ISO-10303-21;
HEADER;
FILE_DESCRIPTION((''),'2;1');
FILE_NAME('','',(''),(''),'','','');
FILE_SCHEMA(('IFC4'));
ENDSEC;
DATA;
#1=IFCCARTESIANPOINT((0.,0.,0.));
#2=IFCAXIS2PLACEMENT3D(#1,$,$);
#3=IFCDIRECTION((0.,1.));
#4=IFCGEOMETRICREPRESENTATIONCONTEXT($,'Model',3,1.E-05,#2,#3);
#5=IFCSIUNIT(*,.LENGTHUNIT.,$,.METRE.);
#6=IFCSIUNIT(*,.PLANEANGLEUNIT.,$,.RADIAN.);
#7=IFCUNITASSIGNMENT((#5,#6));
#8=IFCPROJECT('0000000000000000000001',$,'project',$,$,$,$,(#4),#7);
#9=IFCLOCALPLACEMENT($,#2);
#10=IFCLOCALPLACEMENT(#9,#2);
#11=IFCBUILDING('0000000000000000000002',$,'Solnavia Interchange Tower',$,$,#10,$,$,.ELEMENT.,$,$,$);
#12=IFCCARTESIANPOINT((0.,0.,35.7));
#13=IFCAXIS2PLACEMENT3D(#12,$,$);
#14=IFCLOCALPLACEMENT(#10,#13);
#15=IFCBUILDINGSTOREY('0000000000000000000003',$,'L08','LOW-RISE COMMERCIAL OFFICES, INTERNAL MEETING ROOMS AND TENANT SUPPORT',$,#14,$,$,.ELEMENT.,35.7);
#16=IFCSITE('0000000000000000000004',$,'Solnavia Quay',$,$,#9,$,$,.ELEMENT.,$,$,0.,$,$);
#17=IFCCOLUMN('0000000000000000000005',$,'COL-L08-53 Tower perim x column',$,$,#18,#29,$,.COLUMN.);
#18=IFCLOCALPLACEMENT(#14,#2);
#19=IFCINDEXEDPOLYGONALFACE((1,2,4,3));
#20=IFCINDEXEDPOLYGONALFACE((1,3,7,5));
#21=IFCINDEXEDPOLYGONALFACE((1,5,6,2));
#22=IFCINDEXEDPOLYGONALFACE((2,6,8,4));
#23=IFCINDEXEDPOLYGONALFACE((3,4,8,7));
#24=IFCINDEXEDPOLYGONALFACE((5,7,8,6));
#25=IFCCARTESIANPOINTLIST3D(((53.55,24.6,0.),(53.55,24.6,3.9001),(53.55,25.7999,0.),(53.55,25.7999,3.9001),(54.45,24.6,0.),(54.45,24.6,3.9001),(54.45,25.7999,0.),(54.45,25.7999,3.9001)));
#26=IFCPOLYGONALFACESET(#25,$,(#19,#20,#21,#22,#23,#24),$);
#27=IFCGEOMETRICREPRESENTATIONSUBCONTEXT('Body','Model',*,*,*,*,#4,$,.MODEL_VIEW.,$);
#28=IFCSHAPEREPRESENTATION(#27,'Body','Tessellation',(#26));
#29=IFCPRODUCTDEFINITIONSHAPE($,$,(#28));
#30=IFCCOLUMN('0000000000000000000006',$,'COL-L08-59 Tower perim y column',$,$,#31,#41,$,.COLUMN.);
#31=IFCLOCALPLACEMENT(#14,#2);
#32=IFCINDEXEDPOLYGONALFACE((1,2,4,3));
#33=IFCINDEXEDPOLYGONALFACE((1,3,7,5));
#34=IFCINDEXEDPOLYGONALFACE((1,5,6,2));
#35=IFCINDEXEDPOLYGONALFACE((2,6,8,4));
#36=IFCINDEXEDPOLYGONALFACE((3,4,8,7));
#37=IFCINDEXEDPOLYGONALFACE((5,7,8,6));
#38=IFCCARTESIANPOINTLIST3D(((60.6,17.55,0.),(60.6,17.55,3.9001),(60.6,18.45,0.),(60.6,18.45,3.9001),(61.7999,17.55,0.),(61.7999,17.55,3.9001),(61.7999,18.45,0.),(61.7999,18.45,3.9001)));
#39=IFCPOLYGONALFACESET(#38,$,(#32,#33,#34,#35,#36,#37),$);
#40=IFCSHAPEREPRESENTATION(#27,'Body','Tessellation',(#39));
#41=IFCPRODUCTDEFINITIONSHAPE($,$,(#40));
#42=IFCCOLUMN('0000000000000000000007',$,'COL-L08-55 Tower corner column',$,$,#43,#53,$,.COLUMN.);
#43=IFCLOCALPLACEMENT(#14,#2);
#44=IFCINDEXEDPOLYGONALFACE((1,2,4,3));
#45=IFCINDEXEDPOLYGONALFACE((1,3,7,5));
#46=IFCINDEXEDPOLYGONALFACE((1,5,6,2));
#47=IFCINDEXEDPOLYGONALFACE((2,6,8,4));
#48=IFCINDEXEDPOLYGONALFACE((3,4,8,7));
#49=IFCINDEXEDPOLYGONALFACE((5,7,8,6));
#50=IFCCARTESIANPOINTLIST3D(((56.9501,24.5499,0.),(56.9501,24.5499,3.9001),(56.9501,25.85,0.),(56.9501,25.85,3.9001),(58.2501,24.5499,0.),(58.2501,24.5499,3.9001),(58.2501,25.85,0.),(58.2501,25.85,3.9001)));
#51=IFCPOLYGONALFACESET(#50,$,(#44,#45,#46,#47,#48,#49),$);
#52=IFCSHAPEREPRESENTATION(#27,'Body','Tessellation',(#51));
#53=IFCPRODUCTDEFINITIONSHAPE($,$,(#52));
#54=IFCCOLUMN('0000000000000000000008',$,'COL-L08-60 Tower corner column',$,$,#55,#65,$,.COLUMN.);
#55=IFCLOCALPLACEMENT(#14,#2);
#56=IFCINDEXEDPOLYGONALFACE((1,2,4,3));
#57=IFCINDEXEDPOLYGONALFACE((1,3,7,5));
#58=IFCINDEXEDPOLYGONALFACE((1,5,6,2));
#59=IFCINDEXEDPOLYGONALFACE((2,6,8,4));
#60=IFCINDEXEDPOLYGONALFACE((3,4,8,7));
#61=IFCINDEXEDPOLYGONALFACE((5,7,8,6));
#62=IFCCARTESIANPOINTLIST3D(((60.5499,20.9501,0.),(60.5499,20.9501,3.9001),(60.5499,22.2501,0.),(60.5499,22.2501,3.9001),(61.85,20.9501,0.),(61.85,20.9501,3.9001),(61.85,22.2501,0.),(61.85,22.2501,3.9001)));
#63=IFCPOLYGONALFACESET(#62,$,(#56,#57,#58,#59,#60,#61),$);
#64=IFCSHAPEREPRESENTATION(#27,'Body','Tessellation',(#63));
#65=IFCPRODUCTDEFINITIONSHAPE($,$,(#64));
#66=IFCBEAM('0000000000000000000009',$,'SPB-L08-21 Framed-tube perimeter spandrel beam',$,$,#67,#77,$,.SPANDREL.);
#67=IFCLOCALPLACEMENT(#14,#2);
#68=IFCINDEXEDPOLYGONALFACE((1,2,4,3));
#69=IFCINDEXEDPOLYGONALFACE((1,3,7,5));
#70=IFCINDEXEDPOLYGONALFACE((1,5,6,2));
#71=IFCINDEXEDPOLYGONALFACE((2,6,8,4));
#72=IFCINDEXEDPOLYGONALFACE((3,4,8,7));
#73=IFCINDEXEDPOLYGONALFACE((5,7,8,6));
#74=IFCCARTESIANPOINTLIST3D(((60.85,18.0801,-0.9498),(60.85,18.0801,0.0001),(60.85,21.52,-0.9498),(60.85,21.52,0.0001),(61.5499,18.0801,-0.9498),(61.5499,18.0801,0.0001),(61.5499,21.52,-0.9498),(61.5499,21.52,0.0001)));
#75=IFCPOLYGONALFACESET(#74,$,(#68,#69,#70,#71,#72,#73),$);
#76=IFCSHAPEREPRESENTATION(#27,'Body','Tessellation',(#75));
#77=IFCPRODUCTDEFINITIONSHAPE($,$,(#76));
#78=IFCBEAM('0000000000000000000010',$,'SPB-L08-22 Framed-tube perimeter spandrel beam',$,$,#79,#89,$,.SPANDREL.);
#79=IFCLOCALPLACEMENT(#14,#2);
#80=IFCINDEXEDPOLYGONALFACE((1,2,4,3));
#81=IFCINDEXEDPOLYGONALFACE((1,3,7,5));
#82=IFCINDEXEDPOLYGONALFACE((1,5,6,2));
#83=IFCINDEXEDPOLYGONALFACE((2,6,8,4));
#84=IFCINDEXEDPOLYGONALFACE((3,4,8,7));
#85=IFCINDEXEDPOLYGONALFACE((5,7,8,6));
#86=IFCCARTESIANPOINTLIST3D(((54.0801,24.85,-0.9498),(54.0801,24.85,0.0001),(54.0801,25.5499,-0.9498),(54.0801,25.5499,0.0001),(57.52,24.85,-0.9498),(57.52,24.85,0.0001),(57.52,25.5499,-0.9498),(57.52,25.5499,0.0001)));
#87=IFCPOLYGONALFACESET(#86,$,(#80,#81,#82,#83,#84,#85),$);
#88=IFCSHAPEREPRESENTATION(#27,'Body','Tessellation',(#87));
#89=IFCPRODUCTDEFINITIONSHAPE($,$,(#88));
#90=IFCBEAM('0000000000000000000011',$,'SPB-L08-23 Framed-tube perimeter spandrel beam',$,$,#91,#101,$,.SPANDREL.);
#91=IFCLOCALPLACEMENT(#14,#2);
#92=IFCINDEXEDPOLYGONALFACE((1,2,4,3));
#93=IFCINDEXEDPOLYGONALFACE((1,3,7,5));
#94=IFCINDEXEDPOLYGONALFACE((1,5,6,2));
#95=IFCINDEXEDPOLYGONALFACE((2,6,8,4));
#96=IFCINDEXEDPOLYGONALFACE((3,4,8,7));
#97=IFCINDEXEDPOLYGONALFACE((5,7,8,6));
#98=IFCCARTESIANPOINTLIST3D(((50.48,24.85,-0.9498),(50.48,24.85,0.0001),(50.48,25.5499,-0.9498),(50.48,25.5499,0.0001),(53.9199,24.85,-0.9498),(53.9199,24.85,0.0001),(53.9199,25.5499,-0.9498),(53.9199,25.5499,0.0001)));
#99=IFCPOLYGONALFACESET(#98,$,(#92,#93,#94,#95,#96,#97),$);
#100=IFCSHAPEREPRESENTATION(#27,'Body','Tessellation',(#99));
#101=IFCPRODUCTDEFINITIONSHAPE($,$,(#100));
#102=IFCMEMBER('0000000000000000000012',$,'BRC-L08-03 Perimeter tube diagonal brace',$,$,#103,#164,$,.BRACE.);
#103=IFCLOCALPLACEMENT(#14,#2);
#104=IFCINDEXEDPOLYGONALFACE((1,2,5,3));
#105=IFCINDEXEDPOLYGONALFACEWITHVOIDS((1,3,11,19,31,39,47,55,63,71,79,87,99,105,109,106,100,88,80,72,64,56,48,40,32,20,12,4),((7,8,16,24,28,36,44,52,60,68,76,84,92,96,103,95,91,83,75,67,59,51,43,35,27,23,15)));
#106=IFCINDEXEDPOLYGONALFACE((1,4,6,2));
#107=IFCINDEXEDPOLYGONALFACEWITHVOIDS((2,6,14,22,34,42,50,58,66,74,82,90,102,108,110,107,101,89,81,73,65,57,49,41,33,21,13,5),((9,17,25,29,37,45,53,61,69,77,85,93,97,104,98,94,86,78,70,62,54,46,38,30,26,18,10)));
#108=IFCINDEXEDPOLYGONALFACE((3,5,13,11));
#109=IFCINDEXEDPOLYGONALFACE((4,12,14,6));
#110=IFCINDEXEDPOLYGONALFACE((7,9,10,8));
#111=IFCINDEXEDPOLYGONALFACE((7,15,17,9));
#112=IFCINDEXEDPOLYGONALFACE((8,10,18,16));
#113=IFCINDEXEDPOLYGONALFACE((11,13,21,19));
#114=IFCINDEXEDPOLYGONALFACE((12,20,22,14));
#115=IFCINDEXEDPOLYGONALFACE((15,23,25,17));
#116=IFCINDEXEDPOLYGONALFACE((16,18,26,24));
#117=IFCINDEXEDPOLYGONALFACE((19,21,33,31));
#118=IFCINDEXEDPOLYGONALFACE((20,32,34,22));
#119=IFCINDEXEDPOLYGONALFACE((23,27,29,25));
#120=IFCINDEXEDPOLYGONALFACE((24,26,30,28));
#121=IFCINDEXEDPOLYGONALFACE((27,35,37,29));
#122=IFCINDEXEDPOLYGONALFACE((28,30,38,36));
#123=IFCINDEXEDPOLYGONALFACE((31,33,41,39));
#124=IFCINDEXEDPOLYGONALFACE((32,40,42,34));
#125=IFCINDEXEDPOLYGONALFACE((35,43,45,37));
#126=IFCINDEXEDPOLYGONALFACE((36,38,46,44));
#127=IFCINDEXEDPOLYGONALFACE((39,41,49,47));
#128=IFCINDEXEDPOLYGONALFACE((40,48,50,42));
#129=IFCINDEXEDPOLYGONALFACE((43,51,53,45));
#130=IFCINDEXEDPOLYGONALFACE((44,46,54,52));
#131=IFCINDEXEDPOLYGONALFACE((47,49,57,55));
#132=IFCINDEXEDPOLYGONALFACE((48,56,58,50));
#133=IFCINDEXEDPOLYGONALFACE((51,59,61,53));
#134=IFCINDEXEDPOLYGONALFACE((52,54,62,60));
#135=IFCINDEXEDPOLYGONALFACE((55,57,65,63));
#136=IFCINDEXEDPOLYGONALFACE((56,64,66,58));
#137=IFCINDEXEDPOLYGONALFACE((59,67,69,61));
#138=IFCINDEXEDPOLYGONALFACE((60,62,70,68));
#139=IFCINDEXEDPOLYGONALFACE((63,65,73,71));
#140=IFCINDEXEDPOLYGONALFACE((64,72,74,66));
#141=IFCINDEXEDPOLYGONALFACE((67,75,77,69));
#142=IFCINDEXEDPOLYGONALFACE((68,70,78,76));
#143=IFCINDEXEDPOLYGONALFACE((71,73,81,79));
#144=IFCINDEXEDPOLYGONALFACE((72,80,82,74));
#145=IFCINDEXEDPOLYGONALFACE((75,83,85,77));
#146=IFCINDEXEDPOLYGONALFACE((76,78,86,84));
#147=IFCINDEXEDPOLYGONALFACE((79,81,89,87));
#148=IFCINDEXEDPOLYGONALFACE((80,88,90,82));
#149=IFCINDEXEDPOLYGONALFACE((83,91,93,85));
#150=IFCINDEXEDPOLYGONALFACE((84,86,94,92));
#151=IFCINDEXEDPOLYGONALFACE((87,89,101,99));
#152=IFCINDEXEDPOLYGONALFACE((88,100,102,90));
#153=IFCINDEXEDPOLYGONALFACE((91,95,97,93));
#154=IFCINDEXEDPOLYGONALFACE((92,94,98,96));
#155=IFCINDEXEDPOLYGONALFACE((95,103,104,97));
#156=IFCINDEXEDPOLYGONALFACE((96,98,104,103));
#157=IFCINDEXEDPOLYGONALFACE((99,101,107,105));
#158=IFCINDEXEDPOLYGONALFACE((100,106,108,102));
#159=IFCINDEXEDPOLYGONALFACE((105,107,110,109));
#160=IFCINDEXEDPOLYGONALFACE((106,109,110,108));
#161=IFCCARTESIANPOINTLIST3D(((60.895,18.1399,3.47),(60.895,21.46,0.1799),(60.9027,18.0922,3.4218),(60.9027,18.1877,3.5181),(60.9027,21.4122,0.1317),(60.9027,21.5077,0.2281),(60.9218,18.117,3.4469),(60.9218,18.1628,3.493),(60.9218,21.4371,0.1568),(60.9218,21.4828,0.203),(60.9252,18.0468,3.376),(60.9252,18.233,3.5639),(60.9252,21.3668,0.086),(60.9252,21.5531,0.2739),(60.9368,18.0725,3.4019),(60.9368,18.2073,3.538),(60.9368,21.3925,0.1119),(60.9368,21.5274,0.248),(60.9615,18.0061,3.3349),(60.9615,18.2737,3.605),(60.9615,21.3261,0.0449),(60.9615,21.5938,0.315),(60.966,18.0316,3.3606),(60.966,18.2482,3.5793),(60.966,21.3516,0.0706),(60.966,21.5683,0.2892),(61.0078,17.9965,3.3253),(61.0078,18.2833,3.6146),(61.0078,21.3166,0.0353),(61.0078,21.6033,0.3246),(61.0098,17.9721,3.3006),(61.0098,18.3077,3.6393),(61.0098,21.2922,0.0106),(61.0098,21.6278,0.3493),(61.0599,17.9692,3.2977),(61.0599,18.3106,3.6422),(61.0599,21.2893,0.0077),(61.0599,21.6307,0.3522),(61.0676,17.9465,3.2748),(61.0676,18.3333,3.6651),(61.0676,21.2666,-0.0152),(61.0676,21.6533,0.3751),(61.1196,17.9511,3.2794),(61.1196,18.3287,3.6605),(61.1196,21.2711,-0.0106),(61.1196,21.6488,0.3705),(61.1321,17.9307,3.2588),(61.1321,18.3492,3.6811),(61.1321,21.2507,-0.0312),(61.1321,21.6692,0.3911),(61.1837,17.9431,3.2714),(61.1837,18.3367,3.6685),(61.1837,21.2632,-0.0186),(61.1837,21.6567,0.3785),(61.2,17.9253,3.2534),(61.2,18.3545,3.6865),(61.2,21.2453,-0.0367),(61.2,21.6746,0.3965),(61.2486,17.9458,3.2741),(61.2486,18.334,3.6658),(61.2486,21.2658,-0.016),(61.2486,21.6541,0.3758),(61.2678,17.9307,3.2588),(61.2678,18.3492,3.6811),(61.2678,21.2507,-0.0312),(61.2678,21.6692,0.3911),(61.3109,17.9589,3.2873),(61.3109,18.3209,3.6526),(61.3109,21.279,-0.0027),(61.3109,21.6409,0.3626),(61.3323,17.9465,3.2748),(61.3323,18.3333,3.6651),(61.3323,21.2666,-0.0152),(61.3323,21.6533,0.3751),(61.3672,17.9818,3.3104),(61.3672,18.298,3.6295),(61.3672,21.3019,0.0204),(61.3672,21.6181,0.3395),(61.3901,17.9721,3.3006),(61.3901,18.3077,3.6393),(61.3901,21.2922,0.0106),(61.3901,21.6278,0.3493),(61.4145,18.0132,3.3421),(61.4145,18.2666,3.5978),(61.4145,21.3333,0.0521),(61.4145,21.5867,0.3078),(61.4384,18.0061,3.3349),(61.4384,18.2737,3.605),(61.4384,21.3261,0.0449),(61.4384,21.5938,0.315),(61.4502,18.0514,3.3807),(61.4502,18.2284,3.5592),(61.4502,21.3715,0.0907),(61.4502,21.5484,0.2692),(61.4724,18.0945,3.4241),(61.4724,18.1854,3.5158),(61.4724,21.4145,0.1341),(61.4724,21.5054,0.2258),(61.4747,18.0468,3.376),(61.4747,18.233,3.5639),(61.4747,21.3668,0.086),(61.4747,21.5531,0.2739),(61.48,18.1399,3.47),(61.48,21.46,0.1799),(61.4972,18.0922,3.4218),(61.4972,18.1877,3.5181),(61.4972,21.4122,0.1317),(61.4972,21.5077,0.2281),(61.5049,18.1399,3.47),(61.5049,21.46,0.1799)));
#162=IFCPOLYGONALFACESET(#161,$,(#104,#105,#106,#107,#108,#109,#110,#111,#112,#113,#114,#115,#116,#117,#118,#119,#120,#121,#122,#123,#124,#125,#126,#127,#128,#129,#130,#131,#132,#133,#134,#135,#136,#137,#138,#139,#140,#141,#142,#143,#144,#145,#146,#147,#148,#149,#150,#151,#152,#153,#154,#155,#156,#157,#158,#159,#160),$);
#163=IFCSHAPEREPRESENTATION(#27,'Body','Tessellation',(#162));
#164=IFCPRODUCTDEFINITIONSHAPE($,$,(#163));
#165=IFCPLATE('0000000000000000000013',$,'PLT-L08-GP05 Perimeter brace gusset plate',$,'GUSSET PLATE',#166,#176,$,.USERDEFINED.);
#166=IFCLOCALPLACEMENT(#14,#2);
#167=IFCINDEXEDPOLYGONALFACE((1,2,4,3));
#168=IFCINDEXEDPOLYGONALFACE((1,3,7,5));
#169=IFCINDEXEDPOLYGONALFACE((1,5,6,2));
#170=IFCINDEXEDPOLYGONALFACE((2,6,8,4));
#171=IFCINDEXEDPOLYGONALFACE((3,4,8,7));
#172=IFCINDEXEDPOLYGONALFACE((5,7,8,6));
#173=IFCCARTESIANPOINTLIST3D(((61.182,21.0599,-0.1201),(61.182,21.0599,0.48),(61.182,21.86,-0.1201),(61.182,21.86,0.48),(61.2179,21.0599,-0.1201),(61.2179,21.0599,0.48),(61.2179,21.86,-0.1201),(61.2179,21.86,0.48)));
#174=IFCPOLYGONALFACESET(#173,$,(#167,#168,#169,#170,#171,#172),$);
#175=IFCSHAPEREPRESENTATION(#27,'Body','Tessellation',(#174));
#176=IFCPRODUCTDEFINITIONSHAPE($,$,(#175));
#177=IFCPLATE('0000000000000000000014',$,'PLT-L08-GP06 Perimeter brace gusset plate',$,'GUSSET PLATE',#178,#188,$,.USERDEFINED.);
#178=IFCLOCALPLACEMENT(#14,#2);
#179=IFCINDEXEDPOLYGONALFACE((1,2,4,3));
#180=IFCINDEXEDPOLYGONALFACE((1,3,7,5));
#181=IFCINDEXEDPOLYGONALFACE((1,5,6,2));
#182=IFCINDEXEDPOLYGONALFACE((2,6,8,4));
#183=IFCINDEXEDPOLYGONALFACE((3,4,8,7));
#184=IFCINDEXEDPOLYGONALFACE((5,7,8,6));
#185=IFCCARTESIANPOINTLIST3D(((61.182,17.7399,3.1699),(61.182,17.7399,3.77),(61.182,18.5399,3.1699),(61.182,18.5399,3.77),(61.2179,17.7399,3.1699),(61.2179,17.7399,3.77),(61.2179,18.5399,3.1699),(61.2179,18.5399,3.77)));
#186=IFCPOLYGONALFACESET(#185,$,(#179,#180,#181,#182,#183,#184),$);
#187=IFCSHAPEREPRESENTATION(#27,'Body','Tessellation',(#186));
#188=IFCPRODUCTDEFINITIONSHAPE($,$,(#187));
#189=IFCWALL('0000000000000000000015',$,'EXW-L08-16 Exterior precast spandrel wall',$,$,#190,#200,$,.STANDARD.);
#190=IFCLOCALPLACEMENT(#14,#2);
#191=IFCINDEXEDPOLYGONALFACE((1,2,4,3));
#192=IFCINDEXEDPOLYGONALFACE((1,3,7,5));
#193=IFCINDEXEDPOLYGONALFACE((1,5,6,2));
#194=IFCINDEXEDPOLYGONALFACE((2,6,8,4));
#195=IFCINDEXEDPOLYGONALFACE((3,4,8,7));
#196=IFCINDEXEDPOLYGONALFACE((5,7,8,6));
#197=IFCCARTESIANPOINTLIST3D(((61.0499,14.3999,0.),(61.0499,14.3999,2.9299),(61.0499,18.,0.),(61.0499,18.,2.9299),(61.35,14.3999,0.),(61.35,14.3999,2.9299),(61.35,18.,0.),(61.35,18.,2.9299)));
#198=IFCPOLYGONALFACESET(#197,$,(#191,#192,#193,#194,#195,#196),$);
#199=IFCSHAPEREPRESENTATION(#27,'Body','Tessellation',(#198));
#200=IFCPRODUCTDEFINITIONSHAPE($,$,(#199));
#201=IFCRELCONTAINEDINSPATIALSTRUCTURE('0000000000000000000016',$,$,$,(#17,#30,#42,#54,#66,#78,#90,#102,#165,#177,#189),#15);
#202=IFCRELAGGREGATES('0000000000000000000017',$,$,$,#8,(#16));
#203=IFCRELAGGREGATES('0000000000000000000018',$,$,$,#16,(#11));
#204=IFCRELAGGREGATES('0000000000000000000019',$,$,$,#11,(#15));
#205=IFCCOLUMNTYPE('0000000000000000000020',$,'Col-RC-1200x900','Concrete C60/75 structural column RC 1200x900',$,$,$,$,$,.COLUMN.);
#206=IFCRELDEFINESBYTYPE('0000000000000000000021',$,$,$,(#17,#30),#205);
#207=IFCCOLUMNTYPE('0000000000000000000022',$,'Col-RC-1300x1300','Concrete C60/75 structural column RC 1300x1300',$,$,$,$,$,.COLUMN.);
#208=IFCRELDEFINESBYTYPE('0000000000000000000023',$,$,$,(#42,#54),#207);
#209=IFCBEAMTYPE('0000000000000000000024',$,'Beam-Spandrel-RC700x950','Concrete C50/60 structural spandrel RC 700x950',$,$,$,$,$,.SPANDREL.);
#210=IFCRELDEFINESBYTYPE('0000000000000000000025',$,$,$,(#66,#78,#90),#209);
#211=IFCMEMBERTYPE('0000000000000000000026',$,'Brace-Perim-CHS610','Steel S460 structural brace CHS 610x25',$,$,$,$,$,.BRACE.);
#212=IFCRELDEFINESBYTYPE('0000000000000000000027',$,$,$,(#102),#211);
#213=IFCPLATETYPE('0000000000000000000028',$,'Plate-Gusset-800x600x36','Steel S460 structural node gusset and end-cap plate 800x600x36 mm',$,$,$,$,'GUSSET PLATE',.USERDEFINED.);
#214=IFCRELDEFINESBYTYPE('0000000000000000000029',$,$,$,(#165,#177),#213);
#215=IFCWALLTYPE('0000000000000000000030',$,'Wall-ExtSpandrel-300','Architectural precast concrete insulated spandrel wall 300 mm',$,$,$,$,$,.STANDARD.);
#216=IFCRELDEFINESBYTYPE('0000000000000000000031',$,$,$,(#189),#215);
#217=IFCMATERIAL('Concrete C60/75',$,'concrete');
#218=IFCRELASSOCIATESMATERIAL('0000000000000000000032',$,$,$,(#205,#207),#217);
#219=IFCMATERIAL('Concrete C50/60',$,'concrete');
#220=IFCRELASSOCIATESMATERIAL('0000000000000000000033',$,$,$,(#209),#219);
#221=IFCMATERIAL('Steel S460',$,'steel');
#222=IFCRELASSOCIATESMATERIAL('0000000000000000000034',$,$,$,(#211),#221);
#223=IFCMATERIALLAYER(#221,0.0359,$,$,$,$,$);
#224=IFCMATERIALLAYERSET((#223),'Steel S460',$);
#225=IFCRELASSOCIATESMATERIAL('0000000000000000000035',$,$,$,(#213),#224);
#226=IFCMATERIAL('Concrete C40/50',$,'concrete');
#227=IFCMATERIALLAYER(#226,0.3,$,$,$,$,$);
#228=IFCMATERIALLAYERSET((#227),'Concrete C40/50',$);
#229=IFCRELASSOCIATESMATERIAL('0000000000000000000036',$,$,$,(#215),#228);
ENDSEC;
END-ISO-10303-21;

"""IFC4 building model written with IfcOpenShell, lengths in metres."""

from ifc_helpers import new_model, si_unit, direction, frame, frame_2d, origin, origin_2d, place, context, subcontext, project, spatial, rectangle, hollow_circle, extrude, material, layer, layer_set, material_profile, profile_set, type_object, element, save


model = new_model("IFC4")

# Units and contexts
model_context = context("Model", 3, precision=1e-05, world=origin(), true_north=direction((0.0, 1.0)))
body_context = subcontext(model_context, "Body", "Model", "MODEL_VIEW")
ifc_project = project(units=[si_unit("LENGTHUNIT", "METRE"), si_unit("PLANEANGLEUNIT", "RADIAN")], contexts=[model_context])

# Site, building, storey
site_placement = place(None, origin())
site = spatial("IfcSite", under=ifc_project, at=site_placement, Name="Solnavia Quay", CompositionType="ELEMENT", RefElevation=0.0)
building_placement = place(site_placement, origin())
building = spatial("IfcBuilding", under=site, at=building_placement, Name="Solnavia Interchange Tower", CompositionType="ELEMENT")
storey_placement = place(building_placement, frame((0.0, 0.0, 35.7)))
storey = spatial("IfcBuildingStorey", under=building, at=storey_placement, Name="L08", Description="LOW-RISE COMMERCIAL OFFICES, INTERNAL MEETING ROOMS AND TENANT SUPPORT", CompositionType="ELEMENT", Elevation=35.7)

# Columns
ifc_material_1 = material(Name="Concrete C60/75", Category="concrete")
ifc_material_profile_1 = material_profile(ifc_material_1, rectangle(XDim=0.8999, YDim=1.2, at=origin_2d()), Name="RC 1200x900")
ifc_profile_set_1 = profile_set([ifc_material_profile_1], Name="Concrete C60/75")
column_type_1 = type_object("IfcColumnType", Name="Col-RC-1200x900", Description="Concrete C60/75 structural column RC 1200x900", PredefinedType="COLUMN", material=ifc_profile_set_1)
for number, where, z_axis, x_axis, name in (
    (1, (54.0, 25.2, 0.0), (0.0, 0.0, 1.0), (1.0, 0.0, 0.0), "COL-L08-53 Tower perim x column"),
    (2, (61.2, 18.0, 0.0), (0.0, 0.0, 1.0), (0.0, 1.0, 0.0), "COL-L08-59 Tower perim y column"),
):
    element("IfcColumn", number, at=place(storey_placement, frame(where, z_axis=z_axis, x_axis=x_axis)), inside=storey, type_object=column_type_1, Name=name, PredefinedType="COLUMN", context=body_context, shape_type="SweptSolid", body=[
        extrude(rectangle(XDim=0.8999, YDim=1.2, at=origin_2d()), origin(), (0.0, 0.0, 1.0), 3.9001),
    ])
ifc_material_profile_2 = material_profile(ifc_material_1, rectangle(XDim=1.3, YDim=1.3, at=origin_2d()), Name="RC 1300x1300")
ifc_profile_set_2 = profile_set([ifc_material_profile_2], Name="Concrete C60/75")
column_type_2 = type_object("IfcColumnType", Name="Col-RC-1300x1300", Description="Concrete C60/75 structural column RC 1300x1300", PredefinedType="COLUMN", material=ifc_profile_set_2)
for number, where, z_axis, x_axis, name in (
    (3, (57.6001, 25.2, 0.0), (0.0, 0.0, 1.0), (1.0, 0.0, 0.0), "COL-L08-55 Tower corner column"),
    (4, (61.2, 21.6001, 0.0), (0.0, 0.0, 1.0), (0.0, 1.0, 0.0), "COL-L08-60 Tower corner column"),
):
    element("IfcColumn", number, at=place(storey_placement, frame(where, z_axis=z_axis, x_axis=x_axis)), inside=storey, type_object=column_type_2, Name=name, PredefinedType="COLUMN", context=body_context, shape_type="SweptSolid", body=[
        extrude(rectangle(XDim=1.3, YDim=1.3, at=origin_2d()), origin(), (0.0, 0.0, 1.0), 3.9001),
    ])

# Beams
ifc_material_2 = material(Name="Concrete C50/60", Category="concrete")
ifc_material_profile_3 = material_profile(ifc_material_2, rectangle(XDim=0.7, YDim=0.95, at=origin_2d()), Name="RC 700x950")
ifc_profile_set_3 = profile_set([ifc_material_profile_3], Name="Concrete C50/60")
beam_type = type_object("IfcBeamType", Name="Beam-Spandrel-RC700x950", Description="Concrete C50/60 structural spandrel RC 700x950", PredefinedType="SPANDREL", material=ifc_profile_set_3)
for number, where, z_axis, x_axis, name in (
    (5, (61.2, 18.0801, -0.4749), (0.0, 1.0, 0.0), (-1.0, 0.0, 0.0), "SPB-L08-21 Framed-tube perimeter spandrel beam"),
    (6, (57.52, 25.2, -0.4749), (-1.0, 0.0, 0.0), (0.0, -1.0, 0.0), "SPB-L08-22 Framed-tube perimeter spandrel beam"),
    (7, (53.9199, 25.2, -0.4749), (-1.0, 0.0, 0.0), (0.0, -1.0, 0.0), "SPB-L08-23 Framed-tube perimeter spandrel beam"),
):
    element("IfcBeam", number, at=place(storey_placement, frame(where, z_axis=z_axis, x_axis=x_axis)), inside=storey, type_object=beam_type, Name=name, PredefinedType="SPANDREL", context=body_context, shape_type="SweptSolid", body=[
        extrude(rectangle(XDim=0.7, YDim=0.95, at=origin_2d()), origin(), (0.0, 0.0, 1.0), 3.4399),
    ])

# Member
ifc_material_3 = material(Name="Steel S460", Category="steel")
ifc_material_profile_4 = material_profile(ifc_material_3, hollow_circle(Radius=0.3049, WallThickness=0.0249, at=origin_2d()), Name="CHS 610x25")
ifc_profile_set_4 = profile_set([ifc_material_profile_4], Name="Steel S460")
member_type = type_object("IfcMemberType", Name="Brace-Perim-CHS610", Description="Steel S460 structural brace CHS 610x25", PredefinedType="BRACE", material=ifc_profile_set_4)
member_placement = place(storey_placement, frame((61.2, 21.46, 0.1799), z_axis=(0.0, -0.710312, 0.703887), x_axis=(1.0, 0.0, 0.0)))
element("IfcMember", 8, at=member_placement, inside=storey, type_object=member_type, Name="BRC-L08-03 Perimeter tube diagonal brace", PredefinedType="BRACE", context=body_context, shape_type="SweptSolid", body=[
    extrude(hollow_circle(Radius=0.3049, WallThickness=0.0249, at=origin_2d()), origin(), (0.0, 0.0, 1.0), 4.6741),
])

# Plates
ifc_layer_1 = layer(ifc_material_3, 0.0359)
ifc_layer_set_1 = layer_set([ifc_layer_1], Name="Steel S460")
plate_type = type_object("IfcPlateType", Name="Plate-Gusset-800x600x36", Description="Steel S460 structural node gusset and end-cap plate 800x600x36 mm", ElementType="GUSSET PLATE", PredefinedType="USERDEFINED", material=ifc_layer_set_1)
for number, where, z_axis, x_axis, name in (
    (9, (61.2, 21.46, -0.1201), (0.0, 0.0, 1.0), (0.0, -1.0, 0.0), "PLT-L08-GP05 Perimeter brace gusset plate"),
    (10, (61.2, 18.1399, 3.1699), (0.0, 0.0, 1.0), (0.0, -1.0, 0.0), "PLT-L08-GP06 Perimeter brace gusset plate"),
):
    element("IfcPlate", number, at=place(storey_placement, frame(where, z_axis=z_axis, x_axis=x_axis)), inside=storey, type_object=plate_type, Name=name, ObjectType="GUSSET PLATE", PredefinedType="USERDEFINED", context=body_context, shape_type="SweptSolid", body=[
        extrude(rectangle(XDim=0.8, YDim=0.0359, at=origin_2d()), origin(), (0.0, 0.0, 1.0), 0.6001),
    ])

# Wall
ifc_material_4 = material(Name="Concrete C40/50", Category="concrete")
ifc_layer_2 = layer(ifc_material_4, 0.3)
ifc_layer_set_2 = layer_set([ifc_layer_2], Name="Concrete C40/50")
wall_type_1 = type_object("IfcWallType", Name="Wall-ExtSpandrel-300", Description="Architectural precast concrete insulated spandrel wall 300 mm", PredefinedType="STANDARD", material=ifc_layer_set_2)
for number, where, z_axis, x_axis, name in (
    (11, (61.2, 18.0, 0.0), (0.0, 0.0, 1.0), (0.0, -1.0, 0.0), "EXW-L08-16 Exterior precast spandrel wall"),
):
    element("IfcWall", number, at=place(storey_placement, frame(where, z_axis=z_axis, x_axis=x_axis)), inside=storey, type_object=wall_type_1, Name=name, PredefinedType="STANDARD", context=body_context, shape_type="SweptSolid", body=[
        extrude(rectangle(XDim=3.6001, YDim=0.3, at=frame_2d((1.8, 0.0))), origin(), (0.0, 0.0, 1.0), 2.9299),
    ])

save(model, "model.ifc")
